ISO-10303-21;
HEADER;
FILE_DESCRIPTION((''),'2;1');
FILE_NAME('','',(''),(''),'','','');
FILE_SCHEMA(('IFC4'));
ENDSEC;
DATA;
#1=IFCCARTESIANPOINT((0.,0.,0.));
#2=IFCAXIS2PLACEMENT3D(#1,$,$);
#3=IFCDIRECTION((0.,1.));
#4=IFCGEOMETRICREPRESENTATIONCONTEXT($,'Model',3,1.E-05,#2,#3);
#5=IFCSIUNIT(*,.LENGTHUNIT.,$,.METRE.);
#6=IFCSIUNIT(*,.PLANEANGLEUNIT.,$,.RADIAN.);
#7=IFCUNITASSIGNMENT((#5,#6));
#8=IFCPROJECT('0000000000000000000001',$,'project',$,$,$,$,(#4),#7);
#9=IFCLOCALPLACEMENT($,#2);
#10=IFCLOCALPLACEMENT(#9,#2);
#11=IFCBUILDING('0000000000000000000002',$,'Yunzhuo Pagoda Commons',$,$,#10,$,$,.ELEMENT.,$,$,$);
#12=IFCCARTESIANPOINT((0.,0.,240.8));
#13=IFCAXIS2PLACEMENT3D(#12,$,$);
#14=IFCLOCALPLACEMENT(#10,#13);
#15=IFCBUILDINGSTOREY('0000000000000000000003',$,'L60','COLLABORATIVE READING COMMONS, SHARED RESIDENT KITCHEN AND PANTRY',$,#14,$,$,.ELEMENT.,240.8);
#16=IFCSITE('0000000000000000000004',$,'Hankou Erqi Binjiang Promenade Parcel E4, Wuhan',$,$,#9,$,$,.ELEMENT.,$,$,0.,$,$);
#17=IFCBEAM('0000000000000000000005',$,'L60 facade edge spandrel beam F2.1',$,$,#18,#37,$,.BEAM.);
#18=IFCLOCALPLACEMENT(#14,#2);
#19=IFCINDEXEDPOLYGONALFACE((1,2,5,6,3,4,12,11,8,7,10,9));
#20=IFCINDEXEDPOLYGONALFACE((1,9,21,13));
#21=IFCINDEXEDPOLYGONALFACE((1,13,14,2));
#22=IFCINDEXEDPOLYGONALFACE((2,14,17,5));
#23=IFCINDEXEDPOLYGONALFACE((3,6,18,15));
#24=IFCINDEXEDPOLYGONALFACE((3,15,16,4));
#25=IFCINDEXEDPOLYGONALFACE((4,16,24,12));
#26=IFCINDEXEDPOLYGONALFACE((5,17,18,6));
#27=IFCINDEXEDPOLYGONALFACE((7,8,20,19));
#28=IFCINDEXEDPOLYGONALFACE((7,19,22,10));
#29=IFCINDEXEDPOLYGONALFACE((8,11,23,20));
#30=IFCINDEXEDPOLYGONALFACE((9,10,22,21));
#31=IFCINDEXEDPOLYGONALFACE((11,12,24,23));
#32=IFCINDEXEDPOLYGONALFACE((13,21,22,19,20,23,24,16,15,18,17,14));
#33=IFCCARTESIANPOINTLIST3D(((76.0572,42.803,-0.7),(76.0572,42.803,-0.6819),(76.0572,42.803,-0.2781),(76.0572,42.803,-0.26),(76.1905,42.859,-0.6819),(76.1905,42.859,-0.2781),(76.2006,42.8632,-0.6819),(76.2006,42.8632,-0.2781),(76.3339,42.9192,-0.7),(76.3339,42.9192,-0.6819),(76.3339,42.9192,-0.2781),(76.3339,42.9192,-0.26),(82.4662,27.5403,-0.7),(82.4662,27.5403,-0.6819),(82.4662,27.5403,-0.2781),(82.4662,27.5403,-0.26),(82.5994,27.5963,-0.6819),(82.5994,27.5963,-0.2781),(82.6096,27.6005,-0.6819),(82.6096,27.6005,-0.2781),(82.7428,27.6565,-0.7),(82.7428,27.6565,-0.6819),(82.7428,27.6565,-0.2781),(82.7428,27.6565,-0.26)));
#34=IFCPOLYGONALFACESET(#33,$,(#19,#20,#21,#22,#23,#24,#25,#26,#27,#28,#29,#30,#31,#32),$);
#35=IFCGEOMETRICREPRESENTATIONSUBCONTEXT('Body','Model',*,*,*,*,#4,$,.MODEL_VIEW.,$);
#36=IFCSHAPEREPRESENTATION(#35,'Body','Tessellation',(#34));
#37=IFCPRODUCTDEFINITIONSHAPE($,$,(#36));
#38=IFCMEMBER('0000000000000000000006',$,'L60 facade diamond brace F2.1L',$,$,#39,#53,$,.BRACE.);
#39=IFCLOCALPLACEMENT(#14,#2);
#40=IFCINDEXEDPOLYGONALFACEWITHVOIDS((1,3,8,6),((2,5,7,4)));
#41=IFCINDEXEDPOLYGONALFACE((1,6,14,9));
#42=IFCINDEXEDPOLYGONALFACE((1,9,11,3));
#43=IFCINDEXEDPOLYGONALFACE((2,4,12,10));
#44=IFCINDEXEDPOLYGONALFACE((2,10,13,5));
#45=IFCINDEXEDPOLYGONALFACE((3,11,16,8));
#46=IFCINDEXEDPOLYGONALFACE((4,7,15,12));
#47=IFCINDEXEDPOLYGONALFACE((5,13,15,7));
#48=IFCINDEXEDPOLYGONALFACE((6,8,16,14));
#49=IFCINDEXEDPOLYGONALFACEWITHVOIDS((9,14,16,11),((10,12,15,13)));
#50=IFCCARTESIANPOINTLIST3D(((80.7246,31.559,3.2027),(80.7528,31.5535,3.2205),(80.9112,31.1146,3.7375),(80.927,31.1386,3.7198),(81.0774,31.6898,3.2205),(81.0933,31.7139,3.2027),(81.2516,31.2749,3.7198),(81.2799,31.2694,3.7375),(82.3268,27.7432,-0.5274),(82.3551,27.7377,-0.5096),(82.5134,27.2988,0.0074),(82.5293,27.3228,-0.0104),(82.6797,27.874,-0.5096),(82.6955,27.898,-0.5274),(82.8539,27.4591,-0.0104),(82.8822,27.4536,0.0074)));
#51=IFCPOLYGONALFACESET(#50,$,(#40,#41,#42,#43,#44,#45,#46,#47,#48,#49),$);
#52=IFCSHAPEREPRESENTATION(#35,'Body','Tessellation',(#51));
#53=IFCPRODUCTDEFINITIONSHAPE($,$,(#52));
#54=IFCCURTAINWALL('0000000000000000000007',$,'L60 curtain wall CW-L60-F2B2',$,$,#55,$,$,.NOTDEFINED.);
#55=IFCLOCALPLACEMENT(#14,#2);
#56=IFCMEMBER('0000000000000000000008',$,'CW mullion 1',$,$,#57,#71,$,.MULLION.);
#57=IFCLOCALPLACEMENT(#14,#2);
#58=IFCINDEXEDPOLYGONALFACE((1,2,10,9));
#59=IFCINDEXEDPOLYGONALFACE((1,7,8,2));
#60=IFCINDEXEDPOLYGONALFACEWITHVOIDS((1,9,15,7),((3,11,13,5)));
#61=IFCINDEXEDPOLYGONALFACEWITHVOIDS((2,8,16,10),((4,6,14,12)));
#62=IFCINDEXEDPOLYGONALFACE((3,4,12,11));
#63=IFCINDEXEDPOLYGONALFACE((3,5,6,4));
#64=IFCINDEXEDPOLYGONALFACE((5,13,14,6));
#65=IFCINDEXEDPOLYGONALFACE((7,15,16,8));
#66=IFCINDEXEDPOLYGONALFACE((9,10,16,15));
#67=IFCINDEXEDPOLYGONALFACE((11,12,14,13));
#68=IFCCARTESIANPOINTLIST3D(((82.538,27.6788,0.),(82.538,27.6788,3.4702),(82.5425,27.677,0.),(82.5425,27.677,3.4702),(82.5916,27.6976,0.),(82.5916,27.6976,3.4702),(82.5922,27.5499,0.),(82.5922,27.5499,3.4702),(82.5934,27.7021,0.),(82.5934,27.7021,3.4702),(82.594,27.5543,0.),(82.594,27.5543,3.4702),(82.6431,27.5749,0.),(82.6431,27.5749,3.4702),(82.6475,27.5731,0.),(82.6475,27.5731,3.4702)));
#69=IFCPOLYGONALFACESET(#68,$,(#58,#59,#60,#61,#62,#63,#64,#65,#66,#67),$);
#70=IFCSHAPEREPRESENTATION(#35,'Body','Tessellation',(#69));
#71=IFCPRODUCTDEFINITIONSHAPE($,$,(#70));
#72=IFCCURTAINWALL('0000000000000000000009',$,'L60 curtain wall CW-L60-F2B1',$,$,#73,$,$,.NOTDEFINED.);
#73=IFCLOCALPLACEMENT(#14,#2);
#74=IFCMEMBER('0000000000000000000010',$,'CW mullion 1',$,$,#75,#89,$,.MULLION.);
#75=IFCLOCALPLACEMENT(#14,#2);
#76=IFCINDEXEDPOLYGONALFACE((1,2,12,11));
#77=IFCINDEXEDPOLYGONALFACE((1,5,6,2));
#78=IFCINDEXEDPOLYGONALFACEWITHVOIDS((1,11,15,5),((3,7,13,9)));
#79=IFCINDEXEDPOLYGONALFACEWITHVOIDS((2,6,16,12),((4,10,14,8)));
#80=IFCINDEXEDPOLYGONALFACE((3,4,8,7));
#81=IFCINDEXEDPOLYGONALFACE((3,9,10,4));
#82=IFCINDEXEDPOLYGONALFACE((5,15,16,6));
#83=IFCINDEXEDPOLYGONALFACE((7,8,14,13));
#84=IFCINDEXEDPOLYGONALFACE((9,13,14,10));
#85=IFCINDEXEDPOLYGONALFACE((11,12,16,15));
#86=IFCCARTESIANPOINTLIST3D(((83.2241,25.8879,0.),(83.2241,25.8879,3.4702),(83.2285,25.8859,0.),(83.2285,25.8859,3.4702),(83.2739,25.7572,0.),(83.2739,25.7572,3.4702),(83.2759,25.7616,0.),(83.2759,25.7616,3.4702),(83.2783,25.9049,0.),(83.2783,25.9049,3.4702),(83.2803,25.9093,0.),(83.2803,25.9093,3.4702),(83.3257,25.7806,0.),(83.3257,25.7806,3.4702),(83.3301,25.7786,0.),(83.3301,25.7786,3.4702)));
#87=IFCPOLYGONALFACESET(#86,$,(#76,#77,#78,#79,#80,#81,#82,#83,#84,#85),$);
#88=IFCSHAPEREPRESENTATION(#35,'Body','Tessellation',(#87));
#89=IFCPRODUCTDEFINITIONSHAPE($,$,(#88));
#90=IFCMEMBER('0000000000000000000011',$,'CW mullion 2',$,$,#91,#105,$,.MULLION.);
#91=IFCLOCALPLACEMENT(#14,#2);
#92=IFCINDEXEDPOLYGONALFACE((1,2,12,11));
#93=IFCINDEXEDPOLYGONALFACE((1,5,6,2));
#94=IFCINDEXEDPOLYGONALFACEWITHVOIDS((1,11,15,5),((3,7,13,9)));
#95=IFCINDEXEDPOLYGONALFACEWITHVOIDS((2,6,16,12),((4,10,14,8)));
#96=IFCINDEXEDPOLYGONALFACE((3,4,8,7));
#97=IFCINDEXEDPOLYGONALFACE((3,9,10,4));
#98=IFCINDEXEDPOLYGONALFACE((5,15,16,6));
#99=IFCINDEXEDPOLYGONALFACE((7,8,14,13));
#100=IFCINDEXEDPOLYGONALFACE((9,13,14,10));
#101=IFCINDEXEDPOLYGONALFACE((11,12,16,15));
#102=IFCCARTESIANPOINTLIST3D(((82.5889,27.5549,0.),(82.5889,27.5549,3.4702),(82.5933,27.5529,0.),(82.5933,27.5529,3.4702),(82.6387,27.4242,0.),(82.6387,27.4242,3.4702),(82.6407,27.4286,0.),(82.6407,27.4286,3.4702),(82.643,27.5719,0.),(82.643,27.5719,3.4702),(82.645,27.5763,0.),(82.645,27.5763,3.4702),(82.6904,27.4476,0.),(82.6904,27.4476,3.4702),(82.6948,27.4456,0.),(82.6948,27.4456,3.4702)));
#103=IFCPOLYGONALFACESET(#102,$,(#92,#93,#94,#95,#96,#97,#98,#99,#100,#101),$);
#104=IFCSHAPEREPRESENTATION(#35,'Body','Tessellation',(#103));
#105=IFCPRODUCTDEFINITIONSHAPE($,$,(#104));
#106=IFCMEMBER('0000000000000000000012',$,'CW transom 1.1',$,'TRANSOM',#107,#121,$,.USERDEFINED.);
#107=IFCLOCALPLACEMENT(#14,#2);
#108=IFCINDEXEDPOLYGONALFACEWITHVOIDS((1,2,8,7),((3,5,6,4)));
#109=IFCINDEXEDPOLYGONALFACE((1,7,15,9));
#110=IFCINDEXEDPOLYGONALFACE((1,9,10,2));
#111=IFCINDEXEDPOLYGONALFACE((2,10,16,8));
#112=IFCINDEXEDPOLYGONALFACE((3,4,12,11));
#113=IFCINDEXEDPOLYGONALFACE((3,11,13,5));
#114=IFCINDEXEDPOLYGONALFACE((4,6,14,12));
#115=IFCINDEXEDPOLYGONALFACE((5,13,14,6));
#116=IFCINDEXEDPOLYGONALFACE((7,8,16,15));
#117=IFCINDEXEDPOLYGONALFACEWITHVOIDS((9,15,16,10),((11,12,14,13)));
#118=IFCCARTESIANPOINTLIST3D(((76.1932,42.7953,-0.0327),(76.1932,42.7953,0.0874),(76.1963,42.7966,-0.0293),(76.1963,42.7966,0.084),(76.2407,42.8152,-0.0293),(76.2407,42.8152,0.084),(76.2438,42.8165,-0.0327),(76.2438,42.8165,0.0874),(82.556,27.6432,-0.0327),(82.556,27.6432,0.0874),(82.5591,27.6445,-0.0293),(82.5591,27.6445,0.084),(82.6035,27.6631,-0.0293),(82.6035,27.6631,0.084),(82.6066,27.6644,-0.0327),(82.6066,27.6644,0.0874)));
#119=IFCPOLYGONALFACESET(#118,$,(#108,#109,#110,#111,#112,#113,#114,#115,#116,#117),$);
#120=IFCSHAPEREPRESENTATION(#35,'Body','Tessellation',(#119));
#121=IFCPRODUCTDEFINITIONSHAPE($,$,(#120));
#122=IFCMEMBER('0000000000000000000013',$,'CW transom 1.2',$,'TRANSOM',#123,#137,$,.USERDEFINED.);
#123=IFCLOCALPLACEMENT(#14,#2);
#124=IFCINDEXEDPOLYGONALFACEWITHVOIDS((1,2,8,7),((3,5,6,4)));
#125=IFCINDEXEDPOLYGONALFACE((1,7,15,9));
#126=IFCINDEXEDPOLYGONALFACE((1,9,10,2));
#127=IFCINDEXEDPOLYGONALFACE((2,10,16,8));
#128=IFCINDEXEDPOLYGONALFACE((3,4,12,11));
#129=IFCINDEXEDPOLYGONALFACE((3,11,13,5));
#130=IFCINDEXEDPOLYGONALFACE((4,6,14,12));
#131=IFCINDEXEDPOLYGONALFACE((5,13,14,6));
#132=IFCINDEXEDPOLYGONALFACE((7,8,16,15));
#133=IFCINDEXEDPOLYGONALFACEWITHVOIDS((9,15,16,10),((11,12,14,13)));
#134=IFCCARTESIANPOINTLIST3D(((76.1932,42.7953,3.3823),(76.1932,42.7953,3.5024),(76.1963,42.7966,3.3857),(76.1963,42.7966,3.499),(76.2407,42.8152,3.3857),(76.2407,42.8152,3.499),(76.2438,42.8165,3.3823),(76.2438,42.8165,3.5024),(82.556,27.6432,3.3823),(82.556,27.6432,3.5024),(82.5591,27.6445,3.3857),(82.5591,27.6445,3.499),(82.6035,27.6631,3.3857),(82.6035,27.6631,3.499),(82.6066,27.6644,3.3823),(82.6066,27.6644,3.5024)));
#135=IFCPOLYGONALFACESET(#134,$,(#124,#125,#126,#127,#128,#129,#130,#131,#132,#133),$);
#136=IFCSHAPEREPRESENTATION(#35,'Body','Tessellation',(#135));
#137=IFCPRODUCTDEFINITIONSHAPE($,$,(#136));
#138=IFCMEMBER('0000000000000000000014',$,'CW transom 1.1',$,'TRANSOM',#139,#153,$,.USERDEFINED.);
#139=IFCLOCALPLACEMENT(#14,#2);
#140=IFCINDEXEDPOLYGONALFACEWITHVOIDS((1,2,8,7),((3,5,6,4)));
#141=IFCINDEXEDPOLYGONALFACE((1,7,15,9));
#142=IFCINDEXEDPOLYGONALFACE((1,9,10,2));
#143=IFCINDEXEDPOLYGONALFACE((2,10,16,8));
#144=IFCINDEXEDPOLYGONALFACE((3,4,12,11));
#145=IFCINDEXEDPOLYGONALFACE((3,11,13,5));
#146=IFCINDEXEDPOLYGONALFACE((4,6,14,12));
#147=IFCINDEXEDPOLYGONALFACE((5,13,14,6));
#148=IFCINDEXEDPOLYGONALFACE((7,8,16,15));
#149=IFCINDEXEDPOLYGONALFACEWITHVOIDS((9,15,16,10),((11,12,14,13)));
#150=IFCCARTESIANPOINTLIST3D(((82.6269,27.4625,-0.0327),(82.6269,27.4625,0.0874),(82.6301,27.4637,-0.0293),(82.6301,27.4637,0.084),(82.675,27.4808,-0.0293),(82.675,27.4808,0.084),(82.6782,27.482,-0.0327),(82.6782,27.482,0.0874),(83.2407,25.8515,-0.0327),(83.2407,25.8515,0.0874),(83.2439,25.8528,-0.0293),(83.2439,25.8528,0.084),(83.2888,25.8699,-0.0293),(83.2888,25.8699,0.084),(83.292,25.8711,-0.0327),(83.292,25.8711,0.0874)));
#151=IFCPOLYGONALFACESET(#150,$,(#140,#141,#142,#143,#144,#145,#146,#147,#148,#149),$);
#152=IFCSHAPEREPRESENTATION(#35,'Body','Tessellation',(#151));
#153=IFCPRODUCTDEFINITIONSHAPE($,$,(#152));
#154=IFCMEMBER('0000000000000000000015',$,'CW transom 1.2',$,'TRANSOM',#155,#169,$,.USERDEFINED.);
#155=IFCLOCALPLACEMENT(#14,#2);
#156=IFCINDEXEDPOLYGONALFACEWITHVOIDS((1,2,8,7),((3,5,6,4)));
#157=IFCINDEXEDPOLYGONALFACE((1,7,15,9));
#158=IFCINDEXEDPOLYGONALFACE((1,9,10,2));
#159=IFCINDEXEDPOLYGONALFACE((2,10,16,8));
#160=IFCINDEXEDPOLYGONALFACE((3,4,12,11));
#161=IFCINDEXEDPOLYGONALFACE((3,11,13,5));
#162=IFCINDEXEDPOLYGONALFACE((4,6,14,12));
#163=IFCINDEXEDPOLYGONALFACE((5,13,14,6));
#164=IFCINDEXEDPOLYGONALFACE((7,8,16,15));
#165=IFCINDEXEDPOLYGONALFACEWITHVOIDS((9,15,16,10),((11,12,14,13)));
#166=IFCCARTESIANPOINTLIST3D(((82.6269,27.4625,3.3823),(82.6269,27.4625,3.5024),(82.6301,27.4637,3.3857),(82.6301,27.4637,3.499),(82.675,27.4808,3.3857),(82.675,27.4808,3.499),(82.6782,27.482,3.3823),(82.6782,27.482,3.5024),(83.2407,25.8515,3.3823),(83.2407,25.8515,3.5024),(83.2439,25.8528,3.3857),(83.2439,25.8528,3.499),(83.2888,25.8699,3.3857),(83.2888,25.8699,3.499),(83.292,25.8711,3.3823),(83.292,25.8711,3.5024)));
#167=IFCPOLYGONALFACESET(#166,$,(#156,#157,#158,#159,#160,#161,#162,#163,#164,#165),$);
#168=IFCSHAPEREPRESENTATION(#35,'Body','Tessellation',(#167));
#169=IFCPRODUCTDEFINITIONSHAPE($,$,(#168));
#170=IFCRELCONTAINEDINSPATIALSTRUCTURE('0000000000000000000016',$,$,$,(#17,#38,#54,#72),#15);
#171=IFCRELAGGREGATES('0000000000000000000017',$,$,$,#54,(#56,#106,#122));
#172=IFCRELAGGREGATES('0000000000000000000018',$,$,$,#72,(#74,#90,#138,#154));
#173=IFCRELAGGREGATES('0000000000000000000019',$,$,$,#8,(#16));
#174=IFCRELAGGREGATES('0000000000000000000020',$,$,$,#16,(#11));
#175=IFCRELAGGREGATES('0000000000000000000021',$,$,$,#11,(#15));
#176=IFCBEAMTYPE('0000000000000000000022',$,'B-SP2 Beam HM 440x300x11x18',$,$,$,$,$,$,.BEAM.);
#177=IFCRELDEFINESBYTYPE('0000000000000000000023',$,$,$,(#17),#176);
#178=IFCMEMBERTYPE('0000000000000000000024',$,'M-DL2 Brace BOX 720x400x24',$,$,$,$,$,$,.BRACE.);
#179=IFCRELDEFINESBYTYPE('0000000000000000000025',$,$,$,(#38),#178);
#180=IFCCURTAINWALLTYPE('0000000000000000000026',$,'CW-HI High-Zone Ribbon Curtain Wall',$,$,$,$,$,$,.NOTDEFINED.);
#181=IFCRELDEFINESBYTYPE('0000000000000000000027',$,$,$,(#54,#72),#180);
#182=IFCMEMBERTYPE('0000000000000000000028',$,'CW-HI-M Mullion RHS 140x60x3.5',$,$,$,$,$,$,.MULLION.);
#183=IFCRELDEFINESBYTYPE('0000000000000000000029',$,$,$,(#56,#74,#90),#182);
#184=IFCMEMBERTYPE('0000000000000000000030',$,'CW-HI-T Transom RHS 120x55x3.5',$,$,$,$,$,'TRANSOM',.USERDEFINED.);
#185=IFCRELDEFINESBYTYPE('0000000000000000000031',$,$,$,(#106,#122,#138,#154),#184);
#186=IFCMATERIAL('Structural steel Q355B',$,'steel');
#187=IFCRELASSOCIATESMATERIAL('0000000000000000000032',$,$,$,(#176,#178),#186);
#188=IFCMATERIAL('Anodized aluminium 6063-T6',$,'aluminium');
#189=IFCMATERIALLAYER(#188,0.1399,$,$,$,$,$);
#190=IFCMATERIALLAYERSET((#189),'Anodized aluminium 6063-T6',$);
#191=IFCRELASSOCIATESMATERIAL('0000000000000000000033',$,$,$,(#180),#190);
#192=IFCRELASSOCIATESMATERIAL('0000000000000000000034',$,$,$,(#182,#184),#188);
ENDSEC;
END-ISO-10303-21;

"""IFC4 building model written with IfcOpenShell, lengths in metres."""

from ifc_helpers import new_model, si_unit, direction, frame, origin, origin_2d, place, context, subcontext, project, spatial, hollow_rectangle, i_section, extrude, source, transform, mapped, material, layer, layer_set, material_profile, profile_set, type_object, element, aggregate, save


model = new_model("IFC4")

# Units and contexts
model_context = context("Model", 3, precision=1e-05, world=origin(), true_north=direction((0.0, 1.0)))
body_context = subcontext(model_context, "Body", "Model", "MODEL_VIEW")
ifc_project = project(units=[si_unit("LENGTHUNIT", "METRE"), si_unit("PLANEANGLEUNIT", "RADIAN")], contexts=[model_context])

# Site, building, storey
site_placement = place(None, origin())
site = spatial("IfcSite", under=ifc_project, at=site_placement, Name="Hankou Erqi Binjiang Promenade Parcel E4, Wuhan", CompositionType="ELEMENT", RefElevation=0.0)
building_placement = place(site_placement, origin())
building = spatial("IfcBuilding", under=site, at=building_placement, Name="Yunzhuo Pagoda Commons", CompositionType="ELEMENT")
storey_placement = place(building_placement, frame((0.0, 0.0, 240.8)))
storey = spatial("IfcBuildingStorey", under=building, at=storey_placement, Name="L60", Description="COLLABORATIVE READING COMMONS, SHARED RESIDENT KITCHEN AND PANTRY", CompositionType="ELEMENT", Elevation=240.8)

# Beam
ifc_material_1 = material(Name="Structural steel Q355B", Category="steel")
ifc_material_profile_1 = material_profile(ifc_material_1, i_section(OverallWidth=0.3, OverallDepth=0.4399, WebThickness=0.011, FlangeThickness=0.0181, at=origin_2d()), Name="Structural steel Q355B")
ifc_profile_set_1 = profile_set([ifc_material_profile_1], Name="Structural steel Q355B")
beam_type = type_object("IfcBeamType", Name="B-SP2 Beam HM 440x300x11x18", PredefinedType="BEAM", material=ifc_profile_set_1)
shared_shape_1 = source(origin(), body_context, "Body", "SweptSolid", [
    extrude(i_section(OverallWidth=0.3, OverallDepth=0.4399, WebThickness=0.011, FlangeThickness=0.0181, at=origin_2d()), origin(), (0.0, 0.0, 1.0), 16.5537),
])
beam_placement = place(storey_placement, frame((82.6045, 27.5984, -0.48), z_axis=(-0.387161, 0.922012, 0.0), x_axis=(-0.922012, -0.387161, 0.0)))
element("IfcBeam", 1, at=beam_placement, inside=storey, type_object=beam_type, Name="L60 facade edge spandrel beam F2.1", PredefinedType="BEAM", context=body_context, shape_type="MappedRepresentation", body=[
    mapped(shared_shape_1, transform((0.0, 0.0, 0.0), scale=1.0)),
])

# Member
ifc_material_profile_2 = material_profile(ifc_material_1, hollow_rectangle(XDim=0.3999, YDim=0.72, WallThickness=0.0239, at=origin_2d()), Name="Structural steel Q355B")
ifc_profile_set_2 = profile_set([ifc_material_profile_2], Name="Structural steel Q355B")
member_type_1 = type_object("IfcMemberType", Name="M-DL2 Brace BOX 720x400x24", PredefinedType="BRACE", material=ifc_profile_set_2)
shared_shape_2 = source(origin(), body_context, "Body", "SweptSolid", [
    extrude(hollow_rectangle(XDim=0.3999, YDim=0.72, WallThickness=0.0239, at=origin_2d()), origin(), (0.0, 0.0, 1.0), 5.5715),
])
member_1_placement = place(storey_placement, frame((82.6045, 27.5984, -0.26), z_axis=(-0.287581, 0.684883, 0.669502), x_axis=(-0.922016, -0.387152, 0.0)))
element("IfcMember", 2, at=member_1_placement, inside=storey, type_object=member_type_1, Name="L60 facade diamond brace F2.1L", PredefinedType="BRACE", context=body_context, shape_type="MappedRepresentation", body=[
    mapped(shared_shape_2, transform((0.0, 0.0, 0.0), scale=1.0)),
])

# Curtain wall, member
ifc_material_2 = material(Name="Anodized aluminium 6063-T6", Category="aluminium")
ifc_layer_1 = layer(ifc_material_2, 0.1399)
ifc_layer_set_1 = layer_set([ifc_layer_1], Name="Anodized aluminium 6063-T6")
curtain_wall_type_1 = type_object("IfcCurtainWallType", Name="CW-HI High-Zone Ribbon Curtain Wall", PredefinedType="NOTDEFINED", material=ifc_layer_set_1)
curtain_wall_1_placement = place(storey_placement, origin())
curtain_wall_1 = element("IfcCurtainWall", 3, at=curtain_wall_1_placement, inside=storey, type_object=curtain_wall_type_1, Name="L60 curtain wall CW-L60-F2B2", PredefinedType="NOTDEFINED")
ifc_material_profile_3 = material_profile(ifc_material_2, hollow_rectangle(XDim=0.0601, YDim=0.1399, WallThickness=0.0034, at=origin_2d()), Name="Anodized aluminium 6063-T6")
ifc_profile_set_3 = profile_set([ifc_material_profile_3], Name="Anodized aluminium 6063-T6")
member_type_2 = type_object("IfcMemberType", Name="CW-HI-M Mullion RHS 140x60x3.5", PredefinedType="MULLION", material=ifc_profile_set_3)
shared_shape_3 = source(origin(), body_context, "Body", "SweptSolid", [
    extrude(hollow_rectangle(XDim=0.0601, YDim=0.1399, WallThickness=0.0034, at=origin_2d()), origin(), (0.0, 0.0, 1.0), 3.4702),
])
member_2_placement = place(storey_placement, frame((82.5928, 27.626, 0.0), z_axis=(0.0, 0.0, 1.0), x_axis=(-0.922008, -0.38717, 0.0)))
member_2 = element("IfcMember", 4, at=member_2_placement, type_object=member_type_2, Name="CW mullion 1", PredefinedType="MULLION", context=body_context, shape_type="MappedRepresentation", body=[
    mapped(shared_shape_3, transform((0.0, 0.0, 0.0), scale=1.0)),
])

# Curtain wall, members
curtain_wall_2_placement = place(storey_placement, origin())
curtain_wall_2 = element("IfcCurtainWall", 5, at=curtain_wall_2_placement, inside=storey, type_object=curtain_wall_type_1, Name="L60 curtain wall CW-L60-F2B1", PredefinedType="NOTDEFINED")
member_3_placement = place(storey_placement, frame((83.2771, 25.8333, 0.0), z_axis=(0.0, 0.0, 1.0), x_axis=(-0.934441, -0.356117, 0.0)))
member_3 = element("IfcMember", 6, at=member_3_placement, type_object=member_type_2, Name="CW mullion 1", PredefinedType="MULLION", context=body_context, shape_type="MappedRepresentation", body=[
    mapped(shared_shape_3, transform((0.0, 0.0, 0.0), scale=1.0)),
])
member_4_placement = place(storey_placement, frame((82.6418, 27.5002, 0.0), z_axis=(0.0, 0.0, 1.0), x_axis=(-0.934441, -0.356117, 0.0)))
member_4 = element("IfcMember", 7, at=member_4_placement, type_object=member_type_2, Name="CW mullion 2", PredefinedType="MULLION", context=body_context, shape_type="MappedRepresentation", body=[
    mapped(shared_shape_3, transform((0.0, 0.0, 0.0), scale=1.0)),
])

# Members
ifc_material_profile_4 = material_profile(ifc_material_2, hollow_rectangle(XDim=0.0549, YDim=0.1201, WallThickness=0.0034, at=origin_2d()), Name="Anodized aluminium 6063-T6")
ifc_profile_set_4 = profile_set([ifc_material_profile_4], Name="Anodized aluminium 6063-T6")
member_type_3 = type_object("IfcMemberType", Name="CW-HI-T Transom RHS 120x55x3.5", ElementType="TRANSOM", PredefinedType="USERDEFINED", material=ifc_profile_set_4)
shared_shape_4 = source(origin(), body_context, "Body", "SweptSolid", [
    extrude(hollow_rectangle(XDim=0.0549, YDim=0.1201, WallThickness=0.0034, at=origin_2d()), origin(), (0.0, 0.0, 1.0), 16.4338),
])
member_5_placement = place(storey_placement, frame((82.5813, 27.6538, 0.0273), z_axis=(-0.387176, 0.922006, 0.0), x_axis=(-0.922006, -0.387176, 0.0)))
member_5 = element("IfcMember", 8, at=member_5_placement, type_object=member_type_3, Name="CW transom 1.1", ObjectType="TRANSOM", PredefinedType="USERDEFINED", context=body_context, shape_type="MappedRepresentation", body=[
    mapped(shared_shape_4, transform((0.0, 0.0, 0.0), scale=1.0)),
])
member_6_placement = place(storey_placement, frame((82.5813, 27.6538, 3.4424), z_axis=(-0.387176, 0.922006, 0.0), x_axis=(-0.922006, -0.387176, 0.0)))
member_6 = element("IfcMember", 9, at=member_6_placement, type_object=member_type_3, Name="CW transom 1.2", ObjectType="TRANSOM", PredefinedType="USERDEFINED", context=body_context, shape_type="MappedRepresentation", body=[
    mapped(shared_shape_4, transform((0.0, 0.0, 0.0), scale=1.0)),
])
aggregate(curtain_wall_1, [member_2, member_5, member_6])
shared_shape_5 = source(origin(), body_context, "Body", "SweptSolid", [
    extrude(hollow_rectangle(XDim=0.0549, YDim=0.1201, WallThickness=0.0034, at=origin_2d()), origin(), (0.0, 0.0, 1.0), 1.7239),
])
member_7_placement = place(storey_placement, frame((83.2664, 25.8613, 0.0273), z_axis=(-0.356054, 0.934465, 0.0), x_axis=(-0.934465, -0.356054, 0.0)))
member_7 = element("IfcMember", 10, at=member_7_placement, type_object=member_type_3, Name="CW transom 1.1", ObjectType="TRANSOM", PredefinedType="USERDEFINED", context=body_context, shape_type="MappedRepresentation", body=[
    mapped(shared_shape_5, transform((0.0, 0.0, 0.0), scale=1.0)),
])
member_8_placement = place(storey_placement, frame((83.2664, 25.8613, 3.4424), z_axis=(-0.356054, 0.934465, 0.0), x_axis=(-0.934465, -0.356054, 0.0)))
member_8 = element("IfcMember", 11, at=member_8_placement, type_object=member_type_3, Name="CW transom 1.2", ObjectType="TRANSOM", PredefinedType="USERDEFINED", context=body_context, shape_type="MappedRepresentation", body=[
    mapped(shared_shape_5, transform((0.0, 0.0, 0.0), scale=1.0)),
])

aggregate(curtain_wall_2, [member_3, member_4, member_7, member_8])

save(model, "model.ifc")
